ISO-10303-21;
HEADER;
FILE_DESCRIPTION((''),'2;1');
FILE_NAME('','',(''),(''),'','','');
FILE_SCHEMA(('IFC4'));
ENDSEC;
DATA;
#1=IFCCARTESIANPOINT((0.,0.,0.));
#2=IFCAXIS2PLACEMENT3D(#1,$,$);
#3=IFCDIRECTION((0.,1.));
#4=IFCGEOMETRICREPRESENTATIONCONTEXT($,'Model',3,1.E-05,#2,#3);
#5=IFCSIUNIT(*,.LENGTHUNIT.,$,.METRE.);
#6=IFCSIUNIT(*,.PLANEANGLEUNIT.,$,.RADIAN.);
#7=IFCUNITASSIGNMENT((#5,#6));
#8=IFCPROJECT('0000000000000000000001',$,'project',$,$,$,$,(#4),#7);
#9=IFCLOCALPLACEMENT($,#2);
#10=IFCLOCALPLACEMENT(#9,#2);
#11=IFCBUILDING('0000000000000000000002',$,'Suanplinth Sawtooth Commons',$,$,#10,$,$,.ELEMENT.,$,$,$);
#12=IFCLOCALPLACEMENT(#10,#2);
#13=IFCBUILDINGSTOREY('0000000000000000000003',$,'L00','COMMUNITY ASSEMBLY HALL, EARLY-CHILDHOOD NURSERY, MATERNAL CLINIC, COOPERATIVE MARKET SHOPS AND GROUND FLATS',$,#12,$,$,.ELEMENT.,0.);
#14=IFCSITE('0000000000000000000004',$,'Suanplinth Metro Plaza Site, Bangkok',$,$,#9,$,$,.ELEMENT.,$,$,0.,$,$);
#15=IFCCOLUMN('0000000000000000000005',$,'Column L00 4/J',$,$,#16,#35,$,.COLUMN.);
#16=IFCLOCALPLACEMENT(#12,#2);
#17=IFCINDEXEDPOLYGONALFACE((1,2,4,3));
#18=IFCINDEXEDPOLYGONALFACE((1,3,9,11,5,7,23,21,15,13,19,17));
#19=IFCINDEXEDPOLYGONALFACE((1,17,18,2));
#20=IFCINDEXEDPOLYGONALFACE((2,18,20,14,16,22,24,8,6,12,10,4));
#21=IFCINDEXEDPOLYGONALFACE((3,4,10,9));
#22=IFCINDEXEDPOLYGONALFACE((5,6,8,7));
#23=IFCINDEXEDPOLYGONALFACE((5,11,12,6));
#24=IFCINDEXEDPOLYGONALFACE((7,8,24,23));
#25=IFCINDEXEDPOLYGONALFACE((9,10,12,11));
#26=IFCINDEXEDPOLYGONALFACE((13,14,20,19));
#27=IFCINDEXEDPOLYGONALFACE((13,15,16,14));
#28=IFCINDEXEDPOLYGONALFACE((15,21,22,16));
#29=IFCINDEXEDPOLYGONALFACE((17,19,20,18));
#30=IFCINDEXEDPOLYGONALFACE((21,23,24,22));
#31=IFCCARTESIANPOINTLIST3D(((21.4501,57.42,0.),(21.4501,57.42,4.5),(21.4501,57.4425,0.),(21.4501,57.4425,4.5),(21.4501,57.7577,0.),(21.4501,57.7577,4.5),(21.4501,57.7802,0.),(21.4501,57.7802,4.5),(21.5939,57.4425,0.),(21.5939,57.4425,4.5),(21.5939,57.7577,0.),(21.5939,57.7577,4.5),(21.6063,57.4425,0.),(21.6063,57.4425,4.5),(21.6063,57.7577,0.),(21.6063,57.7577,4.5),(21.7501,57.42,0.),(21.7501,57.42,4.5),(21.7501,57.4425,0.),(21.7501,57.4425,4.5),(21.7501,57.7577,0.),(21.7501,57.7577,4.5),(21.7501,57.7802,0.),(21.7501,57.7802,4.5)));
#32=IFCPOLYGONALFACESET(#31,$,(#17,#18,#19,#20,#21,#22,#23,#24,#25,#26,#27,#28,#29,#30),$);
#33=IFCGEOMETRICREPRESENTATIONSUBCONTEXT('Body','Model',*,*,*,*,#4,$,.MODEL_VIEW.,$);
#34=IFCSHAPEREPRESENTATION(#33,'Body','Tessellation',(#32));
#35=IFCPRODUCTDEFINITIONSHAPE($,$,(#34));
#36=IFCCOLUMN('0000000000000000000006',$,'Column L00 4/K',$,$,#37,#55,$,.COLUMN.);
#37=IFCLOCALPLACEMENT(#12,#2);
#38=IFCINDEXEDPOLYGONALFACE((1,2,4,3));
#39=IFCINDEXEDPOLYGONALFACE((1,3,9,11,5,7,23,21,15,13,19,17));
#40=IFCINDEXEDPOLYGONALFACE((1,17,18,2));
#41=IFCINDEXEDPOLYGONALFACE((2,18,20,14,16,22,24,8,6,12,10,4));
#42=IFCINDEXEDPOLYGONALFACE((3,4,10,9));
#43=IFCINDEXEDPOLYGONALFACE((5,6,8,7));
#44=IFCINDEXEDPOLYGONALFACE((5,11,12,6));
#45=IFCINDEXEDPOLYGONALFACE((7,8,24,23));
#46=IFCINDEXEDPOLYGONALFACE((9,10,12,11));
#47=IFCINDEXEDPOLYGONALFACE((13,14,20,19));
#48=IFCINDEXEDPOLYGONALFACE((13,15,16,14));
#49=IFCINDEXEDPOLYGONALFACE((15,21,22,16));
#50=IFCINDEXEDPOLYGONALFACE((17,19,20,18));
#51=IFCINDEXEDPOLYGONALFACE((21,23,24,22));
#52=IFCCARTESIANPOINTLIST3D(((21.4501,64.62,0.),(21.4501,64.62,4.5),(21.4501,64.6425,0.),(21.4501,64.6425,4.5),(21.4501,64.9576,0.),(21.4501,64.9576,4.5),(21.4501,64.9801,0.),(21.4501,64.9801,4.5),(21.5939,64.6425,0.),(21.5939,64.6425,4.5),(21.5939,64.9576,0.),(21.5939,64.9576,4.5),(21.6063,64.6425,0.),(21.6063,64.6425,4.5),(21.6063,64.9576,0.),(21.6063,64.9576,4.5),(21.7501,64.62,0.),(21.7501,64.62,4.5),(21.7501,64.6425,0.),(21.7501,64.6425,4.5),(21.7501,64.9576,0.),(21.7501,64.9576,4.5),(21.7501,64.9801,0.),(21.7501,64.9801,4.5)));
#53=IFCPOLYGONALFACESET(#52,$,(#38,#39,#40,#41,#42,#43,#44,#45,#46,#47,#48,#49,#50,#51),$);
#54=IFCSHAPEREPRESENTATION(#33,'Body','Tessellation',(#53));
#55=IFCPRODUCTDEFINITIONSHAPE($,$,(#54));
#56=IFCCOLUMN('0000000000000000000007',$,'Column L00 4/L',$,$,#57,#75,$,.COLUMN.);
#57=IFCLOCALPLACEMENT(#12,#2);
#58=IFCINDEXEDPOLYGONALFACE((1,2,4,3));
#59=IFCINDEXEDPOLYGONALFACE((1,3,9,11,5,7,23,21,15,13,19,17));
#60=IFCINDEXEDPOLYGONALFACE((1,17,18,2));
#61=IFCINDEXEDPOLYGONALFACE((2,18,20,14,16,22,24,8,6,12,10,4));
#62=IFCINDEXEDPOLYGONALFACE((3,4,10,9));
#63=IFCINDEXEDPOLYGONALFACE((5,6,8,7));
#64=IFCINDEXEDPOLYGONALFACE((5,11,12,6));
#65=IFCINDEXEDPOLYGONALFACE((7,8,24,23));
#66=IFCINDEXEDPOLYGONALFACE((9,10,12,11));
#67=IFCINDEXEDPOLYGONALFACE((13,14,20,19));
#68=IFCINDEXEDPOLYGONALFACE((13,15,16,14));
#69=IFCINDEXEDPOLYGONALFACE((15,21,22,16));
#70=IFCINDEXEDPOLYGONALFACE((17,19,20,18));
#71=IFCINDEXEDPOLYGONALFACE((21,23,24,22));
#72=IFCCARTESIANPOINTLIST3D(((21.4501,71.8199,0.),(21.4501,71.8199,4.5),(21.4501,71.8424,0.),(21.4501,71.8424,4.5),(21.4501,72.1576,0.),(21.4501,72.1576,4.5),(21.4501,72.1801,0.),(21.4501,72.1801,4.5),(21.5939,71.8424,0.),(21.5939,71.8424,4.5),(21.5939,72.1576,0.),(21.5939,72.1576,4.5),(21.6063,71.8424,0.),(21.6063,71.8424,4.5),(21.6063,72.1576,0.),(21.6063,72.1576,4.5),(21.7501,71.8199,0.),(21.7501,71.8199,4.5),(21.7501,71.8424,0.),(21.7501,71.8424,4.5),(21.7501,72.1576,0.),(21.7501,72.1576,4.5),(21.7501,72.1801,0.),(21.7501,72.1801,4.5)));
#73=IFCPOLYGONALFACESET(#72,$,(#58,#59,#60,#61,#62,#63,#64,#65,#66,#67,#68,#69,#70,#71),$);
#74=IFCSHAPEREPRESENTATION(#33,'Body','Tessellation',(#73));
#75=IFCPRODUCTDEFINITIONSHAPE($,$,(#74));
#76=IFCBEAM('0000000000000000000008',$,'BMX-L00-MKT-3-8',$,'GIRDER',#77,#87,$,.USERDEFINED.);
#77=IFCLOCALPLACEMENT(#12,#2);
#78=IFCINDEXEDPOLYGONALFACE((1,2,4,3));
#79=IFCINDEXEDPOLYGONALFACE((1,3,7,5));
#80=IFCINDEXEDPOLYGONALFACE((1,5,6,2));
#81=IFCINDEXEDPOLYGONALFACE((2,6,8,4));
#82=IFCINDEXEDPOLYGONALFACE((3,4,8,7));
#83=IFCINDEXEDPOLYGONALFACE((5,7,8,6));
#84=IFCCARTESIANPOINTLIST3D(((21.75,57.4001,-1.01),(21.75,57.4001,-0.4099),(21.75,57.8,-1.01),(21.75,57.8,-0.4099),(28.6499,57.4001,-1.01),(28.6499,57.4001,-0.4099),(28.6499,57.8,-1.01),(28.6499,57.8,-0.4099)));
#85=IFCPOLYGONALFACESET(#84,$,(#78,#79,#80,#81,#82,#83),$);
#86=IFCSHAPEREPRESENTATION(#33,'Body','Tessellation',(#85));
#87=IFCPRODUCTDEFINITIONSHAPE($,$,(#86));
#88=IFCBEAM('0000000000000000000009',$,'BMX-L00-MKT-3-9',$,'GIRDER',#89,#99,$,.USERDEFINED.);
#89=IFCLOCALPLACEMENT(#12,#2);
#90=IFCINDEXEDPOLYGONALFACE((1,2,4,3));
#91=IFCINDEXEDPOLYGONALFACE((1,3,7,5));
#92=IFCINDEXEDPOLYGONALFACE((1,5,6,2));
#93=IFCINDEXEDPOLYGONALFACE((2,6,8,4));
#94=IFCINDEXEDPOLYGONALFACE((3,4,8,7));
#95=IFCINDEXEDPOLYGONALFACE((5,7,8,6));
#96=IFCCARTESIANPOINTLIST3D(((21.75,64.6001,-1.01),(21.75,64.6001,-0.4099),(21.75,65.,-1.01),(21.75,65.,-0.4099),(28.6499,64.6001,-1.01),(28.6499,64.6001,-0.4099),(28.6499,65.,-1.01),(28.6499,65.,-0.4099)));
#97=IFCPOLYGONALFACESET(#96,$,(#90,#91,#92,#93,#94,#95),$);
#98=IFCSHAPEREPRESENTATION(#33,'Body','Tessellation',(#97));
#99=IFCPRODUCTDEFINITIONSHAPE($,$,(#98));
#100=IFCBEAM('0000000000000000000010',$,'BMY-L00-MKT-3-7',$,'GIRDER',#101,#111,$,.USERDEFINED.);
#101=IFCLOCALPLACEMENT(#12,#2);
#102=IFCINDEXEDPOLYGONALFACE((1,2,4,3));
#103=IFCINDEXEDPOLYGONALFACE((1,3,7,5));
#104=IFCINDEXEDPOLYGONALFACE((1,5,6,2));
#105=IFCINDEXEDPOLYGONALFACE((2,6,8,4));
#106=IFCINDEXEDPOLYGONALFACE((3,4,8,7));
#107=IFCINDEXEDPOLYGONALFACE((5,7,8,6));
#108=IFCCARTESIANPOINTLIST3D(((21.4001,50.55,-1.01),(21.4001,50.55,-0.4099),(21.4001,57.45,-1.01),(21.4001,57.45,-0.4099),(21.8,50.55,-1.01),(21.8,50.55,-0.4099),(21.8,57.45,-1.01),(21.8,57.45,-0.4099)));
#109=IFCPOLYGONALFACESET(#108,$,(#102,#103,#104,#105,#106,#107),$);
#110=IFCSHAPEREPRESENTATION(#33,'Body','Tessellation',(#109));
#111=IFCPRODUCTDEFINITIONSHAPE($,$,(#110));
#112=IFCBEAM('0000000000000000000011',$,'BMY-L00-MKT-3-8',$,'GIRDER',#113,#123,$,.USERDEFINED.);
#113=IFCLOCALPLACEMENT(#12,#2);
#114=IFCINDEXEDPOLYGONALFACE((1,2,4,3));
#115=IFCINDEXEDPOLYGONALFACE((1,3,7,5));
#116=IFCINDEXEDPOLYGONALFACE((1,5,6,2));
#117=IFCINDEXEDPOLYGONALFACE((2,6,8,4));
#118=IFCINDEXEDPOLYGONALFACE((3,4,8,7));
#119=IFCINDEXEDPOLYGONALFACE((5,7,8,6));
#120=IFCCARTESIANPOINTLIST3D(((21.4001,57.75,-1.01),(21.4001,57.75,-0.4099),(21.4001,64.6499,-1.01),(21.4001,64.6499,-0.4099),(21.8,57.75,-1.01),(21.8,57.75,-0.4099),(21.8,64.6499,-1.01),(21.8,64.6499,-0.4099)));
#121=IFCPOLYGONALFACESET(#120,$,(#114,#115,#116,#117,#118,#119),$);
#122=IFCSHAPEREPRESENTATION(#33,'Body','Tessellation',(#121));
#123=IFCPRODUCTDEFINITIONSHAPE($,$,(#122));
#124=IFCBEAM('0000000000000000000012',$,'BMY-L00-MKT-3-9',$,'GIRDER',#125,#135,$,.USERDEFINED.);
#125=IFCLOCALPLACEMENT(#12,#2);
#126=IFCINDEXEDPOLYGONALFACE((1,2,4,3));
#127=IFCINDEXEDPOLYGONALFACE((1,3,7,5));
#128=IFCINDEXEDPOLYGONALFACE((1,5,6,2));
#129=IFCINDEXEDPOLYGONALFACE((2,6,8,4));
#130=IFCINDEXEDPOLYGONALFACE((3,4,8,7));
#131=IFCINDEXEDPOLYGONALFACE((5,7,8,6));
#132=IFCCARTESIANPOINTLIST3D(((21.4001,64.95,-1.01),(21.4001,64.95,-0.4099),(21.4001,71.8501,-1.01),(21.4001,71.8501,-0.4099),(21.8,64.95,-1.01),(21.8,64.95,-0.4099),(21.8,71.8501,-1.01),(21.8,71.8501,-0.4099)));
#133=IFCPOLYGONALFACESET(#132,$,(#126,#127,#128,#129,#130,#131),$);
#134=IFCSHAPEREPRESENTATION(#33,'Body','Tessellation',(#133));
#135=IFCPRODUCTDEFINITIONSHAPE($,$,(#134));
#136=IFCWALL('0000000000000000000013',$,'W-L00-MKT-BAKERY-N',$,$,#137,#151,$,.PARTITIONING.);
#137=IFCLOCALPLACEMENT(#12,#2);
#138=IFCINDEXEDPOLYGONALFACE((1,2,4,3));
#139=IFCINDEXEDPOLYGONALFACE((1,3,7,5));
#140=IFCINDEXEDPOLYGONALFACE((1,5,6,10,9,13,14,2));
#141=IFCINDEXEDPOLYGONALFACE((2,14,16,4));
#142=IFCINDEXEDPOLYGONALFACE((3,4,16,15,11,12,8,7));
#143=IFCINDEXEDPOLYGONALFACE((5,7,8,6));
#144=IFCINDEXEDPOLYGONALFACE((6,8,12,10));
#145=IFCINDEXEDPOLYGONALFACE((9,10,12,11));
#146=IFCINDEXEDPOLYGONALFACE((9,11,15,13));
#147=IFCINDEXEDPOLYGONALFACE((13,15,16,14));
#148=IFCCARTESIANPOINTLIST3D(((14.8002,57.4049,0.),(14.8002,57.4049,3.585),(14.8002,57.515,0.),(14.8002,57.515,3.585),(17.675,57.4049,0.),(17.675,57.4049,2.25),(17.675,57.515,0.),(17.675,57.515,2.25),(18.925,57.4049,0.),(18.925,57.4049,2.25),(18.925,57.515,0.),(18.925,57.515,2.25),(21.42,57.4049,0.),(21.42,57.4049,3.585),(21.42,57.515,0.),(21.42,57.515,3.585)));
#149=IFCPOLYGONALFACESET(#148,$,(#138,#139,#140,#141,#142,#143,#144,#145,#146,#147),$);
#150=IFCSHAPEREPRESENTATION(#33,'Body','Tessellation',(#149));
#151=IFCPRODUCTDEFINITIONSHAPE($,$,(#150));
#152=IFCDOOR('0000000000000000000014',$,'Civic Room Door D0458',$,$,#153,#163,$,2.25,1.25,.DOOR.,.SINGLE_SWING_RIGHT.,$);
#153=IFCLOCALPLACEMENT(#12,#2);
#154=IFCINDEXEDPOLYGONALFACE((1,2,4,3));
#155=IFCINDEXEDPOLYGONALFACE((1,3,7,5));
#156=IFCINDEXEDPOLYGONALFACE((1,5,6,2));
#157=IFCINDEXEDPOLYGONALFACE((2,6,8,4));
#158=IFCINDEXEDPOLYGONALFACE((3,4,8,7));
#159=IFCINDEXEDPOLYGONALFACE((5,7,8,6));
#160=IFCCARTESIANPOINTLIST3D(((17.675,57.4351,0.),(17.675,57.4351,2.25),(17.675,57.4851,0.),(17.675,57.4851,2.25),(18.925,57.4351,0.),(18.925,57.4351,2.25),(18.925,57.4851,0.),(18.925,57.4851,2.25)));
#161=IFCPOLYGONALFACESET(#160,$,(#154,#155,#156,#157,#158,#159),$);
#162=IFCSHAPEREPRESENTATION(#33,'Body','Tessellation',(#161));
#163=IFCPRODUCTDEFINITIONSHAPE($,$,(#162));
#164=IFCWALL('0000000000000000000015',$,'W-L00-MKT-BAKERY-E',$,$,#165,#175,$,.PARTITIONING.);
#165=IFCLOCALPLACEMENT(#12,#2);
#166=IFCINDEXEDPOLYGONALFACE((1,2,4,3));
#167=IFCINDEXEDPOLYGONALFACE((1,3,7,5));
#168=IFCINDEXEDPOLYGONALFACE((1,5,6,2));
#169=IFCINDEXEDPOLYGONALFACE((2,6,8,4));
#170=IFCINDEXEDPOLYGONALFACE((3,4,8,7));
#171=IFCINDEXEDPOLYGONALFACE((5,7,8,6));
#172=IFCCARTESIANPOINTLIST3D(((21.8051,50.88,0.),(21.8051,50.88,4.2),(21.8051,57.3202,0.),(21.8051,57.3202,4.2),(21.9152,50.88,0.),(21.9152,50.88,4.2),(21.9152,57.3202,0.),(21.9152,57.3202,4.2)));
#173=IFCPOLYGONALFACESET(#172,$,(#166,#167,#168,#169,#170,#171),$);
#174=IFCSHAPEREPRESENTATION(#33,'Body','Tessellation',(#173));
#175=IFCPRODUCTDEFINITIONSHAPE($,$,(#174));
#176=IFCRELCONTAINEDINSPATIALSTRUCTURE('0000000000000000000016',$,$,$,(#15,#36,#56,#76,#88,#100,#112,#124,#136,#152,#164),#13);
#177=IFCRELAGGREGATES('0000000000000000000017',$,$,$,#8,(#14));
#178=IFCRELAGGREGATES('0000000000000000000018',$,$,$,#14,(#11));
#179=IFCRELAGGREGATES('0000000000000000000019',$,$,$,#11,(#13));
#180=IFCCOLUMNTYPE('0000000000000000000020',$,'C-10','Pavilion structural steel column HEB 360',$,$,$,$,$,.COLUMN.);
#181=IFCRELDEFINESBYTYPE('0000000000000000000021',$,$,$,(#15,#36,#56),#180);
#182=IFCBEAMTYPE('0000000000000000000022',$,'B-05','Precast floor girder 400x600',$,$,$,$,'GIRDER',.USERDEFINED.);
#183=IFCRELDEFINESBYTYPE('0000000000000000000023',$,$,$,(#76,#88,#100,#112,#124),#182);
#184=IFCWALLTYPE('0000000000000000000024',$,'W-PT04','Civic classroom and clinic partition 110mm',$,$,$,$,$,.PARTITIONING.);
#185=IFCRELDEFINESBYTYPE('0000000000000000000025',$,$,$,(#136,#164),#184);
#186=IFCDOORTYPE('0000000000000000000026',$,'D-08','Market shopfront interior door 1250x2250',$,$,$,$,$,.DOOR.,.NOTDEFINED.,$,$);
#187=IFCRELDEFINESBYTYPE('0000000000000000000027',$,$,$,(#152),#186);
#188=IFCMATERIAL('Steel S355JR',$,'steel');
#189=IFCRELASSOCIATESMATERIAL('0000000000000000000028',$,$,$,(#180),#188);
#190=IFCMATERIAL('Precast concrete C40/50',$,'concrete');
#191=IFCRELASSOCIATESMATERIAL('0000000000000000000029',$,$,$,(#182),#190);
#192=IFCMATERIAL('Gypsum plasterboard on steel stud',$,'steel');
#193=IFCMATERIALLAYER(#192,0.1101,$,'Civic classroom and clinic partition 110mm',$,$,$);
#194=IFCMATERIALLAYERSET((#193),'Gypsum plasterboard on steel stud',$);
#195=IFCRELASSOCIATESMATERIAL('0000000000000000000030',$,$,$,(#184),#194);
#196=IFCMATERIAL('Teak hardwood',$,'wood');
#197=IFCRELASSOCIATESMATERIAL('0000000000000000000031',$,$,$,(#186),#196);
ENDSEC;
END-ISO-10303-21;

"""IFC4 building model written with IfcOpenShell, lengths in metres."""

from ifc_helpers import new_model, si_unit, direction, frame, frame_2d, origin, origin_2d, place, context, subcontext, project, spatial, rectangle, i_section, extrude, material, layer, layer_set, material_profile, profile_set, type_object, element, fill, save


model = new_model("IFC4")

# Units and contexts
model_context = context("Model", 3, precision=1e-05, world=origin(), true_north=direction((0.0, 1.0)))
body_context = subcontext(model_context, "Body", "Model", "MODEL_VIEW")
ifc_project = project(units=[si_unit("LENGTHUNIT", "METRE"), si_unit("PLANEANGLEUNIT", "RADIAN")], contexts=[model_context])

# Site, building, storey
site_placement = place(None, origin())
site = spatial("IfcSite", under=ifc_project, at=site_placement, Name="Suanplinth Metro Plaza Site, Bangkok", CompositionType="ELEMENT", RefElevation=0.0)
building_placement = place(site_placement, origin())
building = spatial("IfcBuilding", under=site, at=building_placement, Name="Suanplinth Sawtooth Commons", CompositionType="ELEMENT")
storey_placement = place(building_placement, origin())
storey = spatial("IfcBuildingStorey", under=building, at=storey_placement, Name="L00", Description="COMMUNITY ASSEMBLY HALL, EARLY-CHILDHOOD NURSERY, MATERNAL CLINIC, COOPERATIVE MARKET SHOPS AND GROUND FLATS", CompositionType="ELEMENT", Elevation=0.0)

# Columns
ifc_material_1 = material(Name="Steel S355JR", Category="steel")
ifc_material_profile_1 = material_profile(ifc_material_1, i_section(OverallWidth=0.3, OverallDepth=0.3601, WebThickness=0.0125, FlangeThickness=0.0225, at=origin_2d()), Name="HEB 360")
ifc_profile_set_1 = profile_set([ifc_material_profile_1], Name="Steel S355JR")
column_type = type_object("IfcColumnType", Name="C-10", Description="Pavilion structural steel column HEB 360", PredefinedType="COLUMN", material=ifc_profile_set_1)
for number, where, z_axis, x_axis, name in (
    (1, (21.6001, 57.6001, 0.0), (0.0, 0.0, 1.0), (1.0, 0.0, 0.0), "Column L00 4/J"),
    (2, (21.6001, 64.8, 0.0), (0.0, 0.0, 1.0), (1.0, 0.0, 0.0), "Column L00 4/K"),
    (3, (21.6001, 72.0, 0.0), (0.0, 0.0, 1.0), (1.0, 0.0, 0.0), "Column L00 4/L"),
):
    element("IfcColumn", number, at=place(storey_placement, frame(where, z_axis=z_axis, x_axis=x_axis)), inside=storey, type_object=column_type, Name=name, PredefinedType="COLUMN", context=body_context, shape_type="SweptSolid", body=[
        extrude(i_section(OverallWidth=0.3, OverallDepth=0.3601, WebThickness=0.0125, FlangeThickness=0.0225, at=origin_2d()), origin(), (0.0, 0.0, 1.0), 4.5),
    ])

# Beams
ifc_material_2 = material(Name="Precast concrete C40/50", Category="concrete")
ifc_material_profile_2 = material_profile(ifc_material_2, rectangle(XDim=0.3999, YDim=0.6001, at=origin_2d()), Name="PC-GDR 400x600")
ifc_profile_set_2 = profile_set([ifc_material_profile_2], Name="Precast concrete C40/50")
beam_type = type_object("IfcBeamType", Name="B-05", Description="Precast floor girder 400x600", ElementType="GIRDER", PredefinedType="USERDEFINED", material=ifc_profile_set_2)
for number, where, z_axis, x_axis, name in (
    (4, (21.75, 57.6001, -0.71), (1.0, 0.0, 0.0), (0.0, 1.0, 0.0), "BMX-L00-MKT-3-8"),
    (5, (21.75, 64.8, -0.71), (1.0, 0.0, 0.0), (0.0, 1.0, 0.0), "BMX-L00-MKT-3-9"),
    (6, (21.6001, 50.55, -0.71), (0.0, 1.0, 0.0), (-1.0, 0.0, 0.0), "BMY-L00-MKT-3-7"),
    (7, (21.6001, 57.75, -0.71), (0.0, 1.0, 0.0), (-1.0, 0.0, 0.0), "BMY-L00-MKT-3-8"),
):
    element("IfcBeam", number, at=place(storey_placement, frame(where, z_axis=z_axis, x_axis=x_axis)), inside=storey, type_object=beam_type, Name=name, ObjectType="GIRDER", PredefinedType="USERDEFINED", context=body_context, shape_type="SweptSolid", body=[
        extrude(rectangle(XDim=0.3999, YDim=0.6001, at=origin_2d()), origin(), (0.0, 0.0, 1.0), 6.8999),
    ])
beam_placement = place(storey_placement, frame((21.6001, 64.95, -0.71), z_axis=(0.0, 1.0, 0.0), x_axis=(-1.0, 0.0, 0.0)))
element("IfcBeam", 8, at=beam_placement, inside=storey, type_object=beam_type, Name="BMY-L00-MKT-3-9", ObjectType="GIRDER", PredefinedType="USERDEFINED", context=body_context, shape_type="SweptSolid", body=[
    extrude(rectangle(XDim=0.3999, YDim=0.6001, at=origin_2d()), origin(), (0.0, 0.0, 1.0), 6.9001),
])

# Wall, opening, door
ifc_material_3 = material(Name="Gypsum plasterboard on steel stud", Category="steel")
ifc_layer = layer(ifc_material_3, 0.1101, Name="Civic classroom and clinic partition 110mm")
ifc_layer_set = layer_set([ifc_layer], Name="Gypsum plasterboard on steel stud")
wall_type = type_object("IfcWallType", Name="W-PT04", Description="Civic classroom and clinic partition 110mm", PredefinedType="PARTITIONING", material=ifc_layer_set)
wall_1_placement = place(storey_placement, frame((14.8, 57.46, 0.0), z_axis=(0.0, 0.0, 1.0), x_axis=(1.0, 0.0, 0.0)))
wall_1 = element("IfcWall", 9, at=wall_1_placement, inside=storey, type_object=wall_type, Name="W-L00-MKT-BAKERY-N", PredefinedType="PARTITIONING", context=body_context, shape_type="SweptSolid", body=[
    extrude(rectangle(XDim=6.6199, YDim=0.1101, at=frame_2d((3.3101, 0.0))), origin(), (0.0, 0.0, 1.0), 3.585),
])
opening_1_placement = place(wall_1_placement, frame((2.875, 0.0, 0.0)))
opening_1 = element("IfcOpeningElement", 10, at=opening_1_placement, cuts=wall_1, PredefinedType="OPENING", context=body_context, shape_type="SweptSolid", body=[
    extrude(rectangle(XDim=1.25, YDim=2.25, at=frame_2d((0.625, 1.125))), frame((0.0, 0.0698, 0.0), z_axis=(0.0, -1.0, 0.0), x_axis=(1.0, 0.0, 0.0)), (0.0, 0.0, 1.0), 0.1399),
])
ifc_material_4 = material(Name="Teak hardwood", Category="wood")
door_type = type_object("IfcDoorType", Name="D-08", Description="Market shopfront interior door 1250x2250", OperationType="NOTDEFINED", PredefinedType="DOOR", material=ifc_material_4)
door_1_placement = place(opening_1_placement, frame((1.25, 0.0, 0.0), z_axis=(0.0, 0.0, 1.0), x_axis=(-1.0, 0.0, 0.0)))
door_1 = element("IfcDoor", 11, at=door_1_placement, inside=storey, type_object=door_type, Name="Civic Room Door D0458", OperationType="SINGLE_SWING_RIGHT", OverallHeight=2.25, OverallWidth=1.25, PredefinedType="DOOR", context=body_context, shape_type="SweptSolid", body=[
    extrude(rectangle(XDim=1.25, YDim=2.25, at=frame_2d((0.625, 1.125))), frame((0.0, 0.0249, 0.0), z_axis=(0.0, -1.0, 0.0), x_axis=(1.0, 0.0, 0.0)), (0.0, 0.0, 1.0), 0.05),
])
fill(opening_1, door_1)

# Wall
wall_2_placement = place(storey_placement, frame((21.8601, 50.8799, 0.0), z_axis=(0.0, 0.0, 1.0), x_axis=(0.0, 1.0, 0.0)))
element("IfcWall", 12, at=wall_2_placement, inside=storey, type_object=wall_type, Name="W-L00-MKT-BAKERY-E", PredefinedType="PARTITIONING", context=body_context, shape_type="SweptSolid", body=[
    extrude(rectangle(XDim=6.4402, YDim=0.1101, at=frame_2d((3.2202, 0.0))), origin(), (0.0, 0.0, 1.0), 4.2),
])

save(model, "model.ifc")
